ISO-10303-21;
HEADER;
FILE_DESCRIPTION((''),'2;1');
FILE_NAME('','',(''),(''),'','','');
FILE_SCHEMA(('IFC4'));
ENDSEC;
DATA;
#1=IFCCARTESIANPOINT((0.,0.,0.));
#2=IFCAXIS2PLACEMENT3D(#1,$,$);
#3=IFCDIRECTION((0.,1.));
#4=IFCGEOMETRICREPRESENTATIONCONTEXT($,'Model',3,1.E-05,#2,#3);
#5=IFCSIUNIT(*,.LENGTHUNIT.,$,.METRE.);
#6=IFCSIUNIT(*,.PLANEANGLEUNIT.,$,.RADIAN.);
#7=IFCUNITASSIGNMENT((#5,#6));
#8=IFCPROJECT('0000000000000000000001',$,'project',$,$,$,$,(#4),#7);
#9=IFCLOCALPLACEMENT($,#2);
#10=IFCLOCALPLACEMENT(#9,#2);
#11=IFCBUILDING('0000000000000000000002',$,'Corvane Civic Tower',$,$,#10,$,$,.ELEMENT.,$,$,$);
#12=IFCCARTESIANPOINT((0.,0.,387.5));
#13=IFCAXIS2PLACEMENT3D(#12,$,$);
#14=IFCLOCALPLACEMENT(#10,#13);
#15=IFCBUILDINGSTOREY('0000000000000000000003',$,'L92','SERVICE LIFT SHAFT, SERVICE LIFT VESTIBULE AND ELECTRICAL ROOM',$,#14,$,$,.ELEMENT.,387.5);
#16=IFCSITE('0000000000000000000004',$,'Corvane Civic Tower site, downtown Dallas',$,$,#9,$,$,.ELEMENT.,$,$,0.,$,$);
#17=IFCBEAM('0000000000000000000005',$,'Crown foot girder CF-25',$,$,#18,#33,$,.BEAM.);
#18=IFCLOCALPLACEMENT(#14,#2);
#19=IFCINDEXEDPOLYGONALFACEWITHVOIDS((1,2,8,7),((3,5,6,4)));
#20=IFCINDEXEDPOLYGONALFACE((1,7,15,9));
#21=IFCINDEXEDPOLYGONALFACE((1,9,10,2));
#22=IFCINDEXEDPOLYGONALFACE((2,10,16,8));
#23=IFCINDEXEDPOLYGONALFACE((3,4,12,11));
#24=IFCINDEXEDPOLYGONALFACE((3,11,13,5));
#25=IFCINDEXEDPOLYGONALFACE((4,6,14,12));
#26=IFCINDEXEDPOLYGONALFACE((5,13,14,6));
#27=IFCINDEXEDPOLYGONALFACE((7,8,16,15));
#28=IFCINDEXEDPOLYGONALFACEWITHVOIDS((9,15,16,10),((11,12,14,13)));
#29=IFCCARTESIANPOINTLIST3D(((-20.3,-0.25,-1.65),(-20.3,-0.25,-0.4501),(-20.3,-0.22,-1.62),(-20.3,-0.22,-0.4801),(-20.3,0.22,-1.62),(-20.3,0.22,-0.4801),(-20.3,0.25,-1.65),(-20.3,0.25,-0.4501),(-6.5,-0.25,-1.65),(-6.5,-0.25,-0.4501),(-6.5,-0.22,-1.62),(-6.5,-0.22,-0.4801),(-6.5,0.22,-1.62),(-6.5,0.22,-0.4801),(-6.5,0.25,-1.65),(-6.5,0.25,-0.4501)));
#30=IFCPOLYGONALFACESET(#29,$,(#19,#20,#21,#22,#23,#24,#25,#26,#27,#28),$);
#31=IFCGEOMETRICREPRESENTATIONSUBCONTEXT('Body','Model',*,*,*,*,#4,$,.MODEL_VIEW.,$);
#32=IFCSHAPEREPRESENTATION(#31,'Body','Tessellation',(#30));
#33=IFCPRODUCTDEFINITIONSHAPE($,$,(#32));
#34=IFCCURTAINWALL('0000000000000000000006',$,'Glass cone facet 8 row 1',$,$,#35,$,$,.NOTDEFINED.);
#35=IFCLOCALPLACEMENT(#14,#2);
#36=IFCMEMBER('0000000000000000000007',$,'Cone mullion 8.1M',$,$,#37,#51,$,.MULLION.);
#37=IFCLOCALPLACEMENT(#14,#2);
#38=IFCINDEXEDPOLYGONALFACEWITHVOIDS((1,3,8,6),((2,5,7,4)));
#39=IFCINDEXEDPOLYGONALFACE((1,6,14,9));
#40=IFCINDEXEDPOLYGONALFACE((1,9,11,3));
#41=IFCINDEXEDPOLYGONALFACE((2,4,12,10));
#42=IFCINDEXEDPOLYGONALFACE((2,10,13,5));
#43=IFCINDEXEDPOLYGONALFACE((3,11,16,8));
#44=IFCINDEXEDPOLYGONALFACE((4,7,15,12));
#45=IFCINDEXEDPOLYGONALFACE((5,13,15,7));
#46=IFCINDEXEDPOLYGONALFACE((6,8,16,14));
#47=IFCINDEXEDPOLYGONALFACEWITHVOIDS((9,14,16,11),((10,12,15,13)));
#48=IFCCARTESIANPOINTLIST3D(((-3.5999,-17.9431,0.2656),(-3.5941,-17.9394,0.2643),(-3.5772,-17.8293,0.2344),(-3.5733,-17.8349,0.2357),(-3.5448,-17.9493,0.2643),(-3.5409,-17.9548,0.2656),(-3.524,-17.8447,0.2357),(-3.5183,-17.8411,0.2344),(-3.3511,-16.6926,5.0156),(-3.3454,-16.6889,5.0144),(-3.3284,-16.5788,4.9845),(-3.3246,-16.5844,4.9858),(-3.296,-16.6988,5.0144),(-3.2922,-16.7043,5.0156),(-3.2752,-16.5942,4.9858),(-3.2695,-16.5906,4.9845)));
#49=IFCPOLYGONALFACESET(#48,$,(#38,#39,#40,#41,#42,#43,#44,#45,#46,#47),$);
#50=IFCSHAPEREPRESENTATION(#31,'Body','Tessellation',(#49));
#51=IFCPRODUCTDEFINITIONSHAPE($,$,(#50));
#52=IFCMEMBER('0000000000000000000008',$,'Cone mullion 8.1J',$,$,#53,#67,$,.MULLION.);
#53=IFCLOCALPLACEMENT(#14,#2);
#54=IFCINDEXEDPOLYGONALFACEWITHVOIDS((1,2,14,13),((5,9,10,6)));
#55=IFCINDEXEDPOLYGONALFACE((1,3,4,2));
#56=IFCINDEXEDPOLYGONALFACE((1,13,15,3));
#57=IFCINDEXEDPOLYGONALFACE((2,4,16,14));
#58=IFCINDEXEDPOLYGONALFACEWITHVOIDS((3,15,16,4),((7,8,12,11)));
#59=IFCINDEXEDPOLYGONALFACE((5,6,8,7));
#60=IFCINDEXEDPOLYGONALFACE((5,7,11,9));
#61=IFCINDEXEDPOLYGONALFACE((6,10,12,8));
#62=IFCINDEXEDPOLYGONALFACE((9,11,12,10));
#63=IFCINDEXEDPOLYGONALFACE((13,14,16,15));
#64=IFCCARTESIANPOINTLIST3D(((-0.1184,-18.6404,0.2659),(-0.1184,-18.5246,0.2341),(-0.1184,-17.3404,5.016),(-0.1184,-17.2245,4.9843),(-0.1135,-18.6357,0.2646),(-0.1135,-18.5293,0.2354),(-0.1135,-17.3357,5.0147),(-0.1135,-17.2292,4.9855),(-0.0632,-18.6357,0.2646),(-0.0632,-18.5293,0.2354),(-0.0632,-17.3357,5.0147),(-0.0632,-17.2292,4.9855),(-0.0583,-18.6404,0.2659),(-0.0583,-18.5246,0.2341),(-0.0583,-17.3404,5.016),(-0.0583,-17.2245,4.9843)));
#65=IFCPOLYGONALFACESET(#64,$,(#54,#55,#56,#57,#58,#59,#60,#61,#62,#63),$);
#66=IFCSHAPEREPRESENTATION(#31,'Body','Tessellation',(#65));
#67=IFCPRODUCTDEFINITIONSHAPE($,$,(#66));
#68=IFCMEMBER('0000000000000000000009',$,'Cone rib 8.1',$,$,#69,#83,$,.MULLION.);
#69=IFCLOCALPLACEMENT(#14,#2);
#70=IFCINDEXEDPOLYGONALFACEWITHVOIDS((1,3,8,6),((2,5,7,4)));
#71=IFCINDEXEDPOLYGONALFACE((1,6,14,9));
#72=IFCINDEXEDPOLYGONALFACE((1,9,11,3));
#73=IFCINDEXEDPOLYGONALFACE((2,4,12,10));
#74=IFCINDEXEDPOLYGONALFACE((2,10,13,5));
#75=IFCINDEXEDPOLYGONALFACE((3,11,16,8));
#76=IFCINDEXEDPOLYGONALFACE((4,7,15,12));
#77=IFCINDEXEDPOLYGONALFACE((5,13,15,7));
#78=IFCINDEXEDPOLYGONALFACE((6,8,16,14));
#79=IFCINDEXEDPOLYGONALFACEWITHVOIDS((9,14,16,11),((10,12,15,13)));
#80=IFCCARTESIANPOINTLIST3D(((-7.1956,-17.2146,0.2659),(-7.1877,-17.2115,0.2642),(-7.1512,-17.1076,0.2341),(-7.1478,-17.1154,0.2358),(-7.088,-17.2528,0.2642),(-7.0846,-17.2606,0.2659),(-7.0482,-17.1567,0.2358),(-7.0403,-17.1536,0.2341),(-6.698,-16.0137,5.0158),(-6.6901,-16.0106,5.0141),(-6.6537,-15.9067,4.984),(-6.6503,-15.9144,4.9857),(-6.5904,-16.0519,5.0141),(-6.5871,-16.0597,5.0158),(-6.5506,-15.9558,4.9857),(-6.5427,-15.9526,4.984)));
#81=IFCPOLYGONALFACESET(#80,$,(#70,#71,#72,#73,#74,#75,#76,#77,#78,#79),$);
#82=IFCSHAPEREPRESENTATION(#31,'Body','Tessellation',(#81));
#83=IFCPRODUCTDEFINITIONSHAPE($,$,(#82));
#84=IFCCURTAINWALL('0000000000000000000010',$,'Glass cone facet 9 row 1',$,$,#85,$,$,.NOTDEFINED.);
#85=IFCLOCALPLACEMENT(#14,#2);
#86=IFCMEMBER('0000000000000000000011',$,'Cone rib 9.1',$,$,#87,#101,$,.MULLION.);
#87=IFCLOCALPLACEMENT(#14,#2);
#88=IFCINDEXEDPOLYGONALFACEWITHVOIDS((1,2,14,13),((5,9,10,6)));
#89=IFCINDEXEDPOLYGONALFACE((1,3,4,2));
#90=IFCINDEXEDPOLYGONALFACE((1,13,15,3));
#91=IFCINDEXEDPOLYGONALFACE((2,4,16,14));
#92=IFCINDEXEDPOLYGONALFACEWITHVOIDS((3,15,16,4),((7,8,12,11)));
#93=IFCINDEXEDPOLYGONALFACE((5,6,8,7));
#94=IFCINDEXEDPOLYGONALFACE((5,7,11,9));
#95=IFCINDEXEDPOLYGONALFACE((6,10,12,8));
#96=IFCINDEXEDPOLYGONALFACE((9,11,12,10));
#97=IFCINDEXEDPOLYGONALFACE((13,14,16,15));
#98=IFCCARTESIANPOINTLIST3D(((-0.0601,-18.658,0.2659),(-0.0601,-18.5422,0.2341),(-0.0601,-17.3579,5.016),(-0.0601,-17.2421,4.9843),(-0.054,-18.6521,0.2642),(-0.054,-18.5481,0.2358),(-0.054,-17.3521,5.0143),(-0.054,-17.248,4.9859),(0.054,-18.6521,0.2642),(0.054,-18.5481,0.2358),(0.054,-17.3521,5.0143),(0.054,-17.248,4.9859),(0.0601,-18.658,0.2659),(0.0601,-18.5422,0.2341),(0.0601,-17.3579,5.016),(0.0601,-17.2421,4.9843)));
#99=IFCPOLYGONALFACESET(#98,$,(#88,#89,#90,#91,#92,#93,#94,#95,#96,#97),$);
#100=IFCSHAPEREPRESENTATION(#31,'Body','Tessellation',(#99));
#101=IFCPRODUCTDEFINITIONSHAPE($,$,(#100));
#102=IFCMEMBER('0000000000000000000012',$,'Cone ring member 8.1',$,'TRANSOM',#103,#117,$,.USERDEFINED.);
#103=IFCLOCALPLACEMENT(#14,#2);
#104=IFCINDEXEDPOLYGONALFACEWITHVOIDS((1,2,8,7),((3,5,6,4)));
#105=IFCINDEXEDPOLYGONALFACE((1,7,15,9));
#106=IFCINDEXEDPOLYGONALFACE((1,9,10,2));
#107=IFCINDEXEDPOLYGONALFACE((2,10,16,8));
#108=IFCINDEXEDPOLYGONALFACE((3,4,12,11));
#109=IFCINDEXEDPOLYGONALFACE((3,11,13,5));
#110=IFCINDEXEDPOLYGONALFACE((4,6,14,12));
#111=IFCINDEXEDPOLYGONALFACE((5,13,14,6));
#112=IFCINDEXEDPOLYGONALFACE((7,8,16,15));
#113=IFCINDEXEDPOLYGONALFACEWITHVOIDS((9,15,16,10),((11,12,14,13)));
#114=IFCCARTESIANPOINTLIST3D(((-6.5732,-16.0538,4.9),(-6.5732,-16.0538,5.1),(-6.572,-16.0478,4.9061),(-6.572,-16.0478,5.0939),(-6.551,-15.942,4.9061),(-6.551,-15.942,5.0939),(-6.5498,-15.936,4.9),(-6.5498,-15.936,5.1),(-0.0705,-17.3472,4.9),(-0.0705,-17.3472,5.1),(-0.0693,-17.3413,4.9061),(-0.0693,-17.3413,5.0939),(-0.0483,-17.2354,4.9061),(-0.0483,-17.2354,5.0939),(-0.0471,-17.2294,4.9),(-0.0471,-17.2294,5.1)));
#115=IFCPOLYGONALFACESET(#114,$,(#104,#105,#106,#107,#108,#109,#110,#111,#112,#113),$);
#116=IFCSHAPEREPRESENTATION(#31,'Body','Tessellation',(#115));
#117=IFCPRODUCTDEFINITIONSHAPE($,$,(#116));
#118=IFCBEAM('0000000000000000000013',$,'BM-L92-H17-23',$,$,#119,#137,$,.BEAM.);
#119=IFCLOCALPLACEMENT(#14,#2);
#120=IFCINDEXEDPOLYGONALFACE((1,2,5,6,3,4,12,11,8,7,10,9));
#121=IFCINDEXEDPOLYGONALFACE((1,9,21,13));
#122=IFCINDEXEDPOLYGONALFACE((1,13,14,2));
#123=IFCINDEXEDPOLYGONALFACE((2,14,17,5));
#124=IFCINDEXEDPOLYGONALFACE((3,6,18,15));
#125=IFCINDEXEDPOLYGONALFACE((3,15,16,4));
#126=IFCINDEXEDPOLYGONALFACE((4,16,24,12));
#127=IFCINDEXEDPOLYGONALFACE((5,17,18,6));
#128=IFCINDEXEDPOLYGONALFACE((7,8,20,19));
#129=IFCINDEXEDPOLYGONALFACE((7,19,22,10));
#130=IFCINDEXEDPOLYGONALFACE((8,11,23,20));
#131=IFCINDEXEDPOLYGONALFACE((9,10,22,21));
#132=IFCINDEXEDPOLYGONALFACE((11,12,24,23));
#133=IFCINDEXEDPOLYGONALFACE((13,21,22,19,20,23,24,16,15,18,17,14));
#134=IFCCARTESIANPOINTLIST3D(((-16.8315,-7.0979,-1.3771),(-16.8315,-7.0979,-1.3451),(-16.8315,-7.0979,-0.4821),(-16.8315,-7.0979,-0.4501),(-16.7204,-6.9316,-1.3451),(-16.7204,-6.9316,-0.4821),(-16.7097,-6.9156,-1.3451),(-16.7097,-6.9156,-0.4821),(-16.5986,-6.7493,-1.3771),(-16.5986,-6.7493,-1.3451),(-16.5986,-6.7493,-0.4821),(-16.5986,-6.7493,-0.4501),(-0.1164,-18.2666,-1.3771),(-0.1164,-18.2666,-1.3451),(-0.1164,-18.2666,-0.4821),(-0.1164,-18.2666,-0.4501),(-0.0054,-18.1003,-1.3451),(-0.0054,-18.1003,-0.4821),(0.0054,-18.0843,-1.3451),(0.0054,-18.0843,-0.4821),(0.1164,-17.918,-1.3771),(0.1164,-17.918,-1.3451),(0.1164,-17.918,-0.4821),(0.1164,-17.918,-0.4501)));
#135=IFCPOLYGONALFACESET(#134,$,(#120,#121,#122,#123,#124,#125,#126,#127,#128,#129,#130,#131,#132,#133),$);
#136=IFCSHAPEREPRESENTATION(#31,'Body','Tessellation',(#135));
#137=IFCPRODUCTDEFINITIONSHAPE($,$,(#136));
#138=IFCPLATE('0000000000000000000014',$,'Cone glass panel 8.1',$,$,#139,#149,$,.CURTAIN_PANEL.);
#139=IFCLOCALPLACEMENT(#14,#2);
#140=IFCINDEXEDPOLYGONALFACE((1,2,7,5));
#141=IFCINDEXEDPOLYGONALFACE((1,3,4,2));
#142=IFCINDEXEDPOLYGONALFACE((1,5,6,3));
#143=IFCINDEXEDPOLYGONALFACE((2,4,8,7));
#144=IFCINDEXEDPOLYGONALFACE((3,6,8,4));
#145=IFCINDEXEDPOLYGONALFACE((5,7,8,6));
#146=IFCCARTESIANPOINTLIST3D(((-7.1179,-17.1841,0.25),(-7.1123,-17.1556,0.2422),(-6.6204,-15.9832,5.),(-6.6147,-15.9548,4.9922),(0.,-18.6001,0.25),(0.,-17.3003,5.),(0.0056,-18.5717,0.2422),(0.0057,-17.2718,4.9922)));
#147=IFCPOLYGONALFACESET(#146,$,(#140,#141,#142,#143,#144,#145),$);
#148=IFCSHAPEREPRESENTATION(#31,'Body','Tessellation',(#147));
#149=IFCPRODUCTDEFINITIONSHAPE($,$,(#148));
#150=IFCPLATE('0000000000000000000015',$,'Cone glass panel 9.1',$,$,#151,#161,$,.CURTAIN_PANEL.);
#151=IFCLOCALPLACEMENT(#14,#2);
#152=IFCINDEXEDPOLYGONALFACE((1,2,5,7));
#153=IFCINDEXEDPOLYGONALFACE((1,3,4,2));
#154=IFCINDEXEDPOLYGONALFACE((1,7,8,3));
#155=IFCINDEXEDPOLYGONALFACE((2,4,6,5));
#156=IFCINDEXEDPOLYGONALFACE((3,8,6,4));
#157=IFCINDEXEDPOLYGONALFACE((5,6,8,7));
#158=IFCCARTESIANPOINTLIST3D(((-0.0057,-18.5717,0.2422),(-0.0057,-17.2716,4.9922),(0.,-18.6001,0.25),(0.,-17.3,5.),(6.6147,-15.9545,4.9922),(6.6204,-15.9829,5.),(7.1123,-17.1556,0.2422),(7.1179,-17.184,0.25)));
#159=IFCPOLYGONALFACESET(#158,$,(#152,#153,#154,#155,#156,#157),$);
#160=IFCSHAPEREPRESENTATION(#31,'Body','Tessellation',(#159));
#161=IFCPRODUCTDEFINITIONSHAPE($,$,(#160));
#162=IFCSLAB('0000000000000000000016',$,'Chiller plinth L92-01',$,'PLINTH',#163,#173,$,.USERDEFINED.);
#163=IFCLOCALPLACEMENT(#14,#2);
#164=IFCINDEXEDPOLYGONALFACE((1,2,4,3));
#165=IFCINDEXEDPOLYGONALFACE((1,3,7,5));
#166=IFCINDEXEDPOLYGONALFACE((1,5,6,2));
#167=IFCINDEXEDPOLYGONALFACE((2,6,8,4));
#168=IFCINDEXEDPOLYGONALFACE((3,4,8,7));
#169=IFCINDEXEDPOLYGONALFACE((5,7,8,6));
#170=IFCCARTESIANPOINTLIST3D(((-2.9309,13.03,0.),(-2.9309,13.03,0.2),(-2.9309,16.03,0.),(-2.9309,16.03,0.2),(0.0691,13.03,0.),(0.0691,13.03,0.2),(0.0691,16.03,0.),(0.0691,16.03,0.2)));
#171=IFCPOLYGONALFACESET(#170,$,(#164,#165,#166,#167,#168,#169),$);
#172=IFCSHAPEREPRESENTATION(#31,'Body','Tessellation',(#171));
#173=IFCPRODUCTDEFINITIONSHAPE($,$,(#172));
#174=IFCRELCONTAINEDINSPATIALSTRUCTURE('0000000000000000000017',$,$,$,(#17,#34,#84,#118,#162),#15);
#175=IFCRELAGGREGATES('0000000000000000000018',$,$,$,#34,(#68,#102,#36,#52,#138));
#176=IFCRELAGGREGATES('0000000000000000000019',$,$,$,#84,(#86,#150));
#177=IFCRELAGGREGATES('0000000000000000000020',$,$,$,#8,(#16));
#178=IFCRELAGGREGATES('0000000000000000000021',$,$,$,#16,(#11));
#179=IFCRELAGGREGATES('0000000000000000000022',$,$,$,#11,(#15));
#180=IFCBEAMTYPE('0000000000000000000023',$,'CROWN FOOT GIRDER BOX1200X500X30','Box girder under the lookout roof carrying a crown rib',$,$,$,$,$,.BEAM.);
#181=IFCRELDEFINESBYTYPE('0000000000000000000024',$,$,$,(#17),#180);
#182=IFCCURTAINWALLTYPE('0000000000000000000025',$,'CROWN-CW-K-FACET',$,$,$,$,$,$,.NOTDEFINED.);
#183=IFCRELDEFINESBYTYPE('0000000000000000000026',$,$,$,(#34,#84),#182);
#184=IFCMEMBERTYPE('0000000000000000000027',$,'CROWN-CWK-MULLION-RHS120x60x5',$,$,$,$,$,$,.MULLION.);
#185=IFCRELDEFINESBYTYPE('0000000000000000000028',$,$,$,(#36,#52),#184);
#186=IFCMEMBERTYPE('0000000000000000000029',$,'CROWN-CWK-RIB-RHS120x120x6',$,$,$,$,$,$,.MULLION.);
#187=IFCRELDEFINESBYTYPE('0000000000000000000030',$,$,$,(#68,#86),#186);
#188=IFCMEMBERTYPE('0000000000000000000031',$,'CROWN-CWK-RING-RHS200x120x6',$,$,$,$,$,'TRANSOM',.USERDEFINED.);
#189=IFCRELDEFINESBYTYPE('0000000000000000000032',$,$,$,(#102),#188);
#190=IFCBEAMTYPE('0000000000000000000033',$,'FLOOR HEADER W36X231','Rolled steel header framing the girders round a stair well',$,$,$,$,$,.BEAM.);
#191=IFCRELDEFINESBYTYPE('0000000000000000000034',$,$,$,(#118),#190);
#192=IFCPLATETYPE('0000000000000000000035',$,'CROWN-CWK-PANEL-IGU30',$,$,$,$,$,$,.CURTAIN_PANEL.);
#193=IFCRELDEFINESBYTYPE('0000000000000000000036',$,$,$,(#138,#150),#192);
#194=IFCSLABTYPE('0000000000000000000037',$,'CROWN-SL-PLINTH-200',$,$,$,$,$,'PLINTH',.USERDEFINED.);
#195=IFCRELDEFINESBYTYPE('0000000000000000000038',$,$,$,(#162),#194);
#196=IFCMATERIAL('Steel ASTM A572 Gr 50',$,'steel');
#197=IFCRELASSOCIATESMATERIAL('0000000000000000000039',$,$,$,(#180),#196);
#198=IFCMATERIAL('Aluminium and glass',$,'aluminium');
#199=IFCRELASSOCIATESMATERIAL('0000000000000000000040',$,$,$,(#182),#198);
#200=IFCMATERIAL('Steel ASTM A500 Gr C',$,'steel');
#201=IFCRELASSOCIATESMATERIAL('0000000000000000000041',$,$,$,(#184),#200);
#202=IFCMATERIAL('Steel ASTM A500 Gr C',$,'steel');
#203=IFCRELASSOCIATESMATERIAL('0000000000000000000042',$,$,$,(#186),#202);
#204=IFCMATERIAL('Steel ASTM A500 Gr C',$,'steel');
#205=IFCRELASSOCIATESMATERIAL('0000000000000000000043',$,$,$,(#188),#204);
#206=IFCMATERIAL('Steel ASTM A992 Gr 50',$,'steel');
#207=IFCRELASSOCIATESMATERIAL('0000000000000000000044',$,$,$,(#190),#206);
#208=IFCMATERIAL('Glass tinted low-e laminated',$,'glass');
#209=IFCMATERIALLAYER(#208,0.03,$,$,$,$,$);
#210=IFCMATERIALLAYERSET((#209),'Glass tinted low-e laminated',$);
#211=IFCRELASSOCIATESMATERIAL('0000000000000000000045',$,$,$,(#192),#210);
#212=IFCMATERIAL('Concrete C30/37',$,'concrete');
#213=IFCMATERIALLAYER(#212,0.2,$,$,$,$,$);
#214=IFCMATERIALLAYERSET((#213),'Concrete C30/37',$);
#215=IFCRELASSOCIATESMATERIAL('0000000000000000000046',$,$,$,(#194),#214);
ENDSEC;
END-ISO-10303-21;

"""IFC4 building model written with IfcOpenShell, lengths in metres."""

from ifc_helpers import new_model, si_unit, direction, frame, origin, origin_2d, place, context, subcontext, project, spatial, polyline, hollow_rectangle, i_section, outline, extrude, material, layer, layer_set, material_profile, profile_set, type_object, element, aggregate, save


model = new_model("IFC4")

# Units and contexts
model_context = context("Model", 3, precision=1e-05, world=origin(), true_north=direction((0.0, 1.0)))
body_context = subcontext(model_context, "Body", "Model", "MODEL_VIEW")
ifc_project = project(units=[si_unit("LENGTHUNIT", "METRE"), si_unit("PLANEANGLEUNIT", "RADIAN")], contexts=[model_context])

# Site, building, storey
site_placement = place(None, origin())
site = spatial("IfcSite", under=ifc_project, at=site_placement, Name="Corvane Civic Tower site, downtown Dallas", CompositionType="ELEMENT", RefElevation=0.0)
building_placement = place(site_placement, origin())
building = spatial("IfcBuilding", under=site, at=building_placement, Name="Corvane Civic Tower", CompositionType="ELEMENT")
storey_placement = place(building_placement, frame((0.0, 0.0, 387.5)))
storey = spatial("IfcBuildingStorey", under=building, at=storey_placement, Name="L92", Description="SERVICE LIFT SHAFT, SERVICE LIFT VESTIBULE AND ELECTRICAL ROOM", CompositionType="ELEMENT", Elevation=387.5)

# Beam
ifc_material_1 = material(Name="Steel ASTM A572 Gr 50", Category="steel")
ifc_material_profile_1 = material_profile(ifc_material_1, hollow_rectangle(XDim=0.5, YDim=1.2, WallThickness=0.03, at=origin_2d()), Name="BOX1200X500X30")
ifc_profile_set_1 = profile_set([ifc_material_profile_1], Name="Steel ASTM A572 Gr 50")
beam_type_1 = type_object("IfcBeamType", Name="CROWN FOOT GIRDER BOX1200X500X30", Description="Box girder under the lookout roof carrying a crown rib", PredefinedType="BEAM", material=ifc_profile_set_1)
beam_1_placement = place(storey_placement, frame((-6.5, 0.0, -1.05), z_axis=(-1.0, 0.0, 0.0), x_axis=(0.0, -1.0, 0.0)))
element("IfcBeam", 1, at=beam_1_placement, inside=storey, type_object=beam_type_1, Name="Crown foot girder CF-25", PredefinedType="BEAM", context=body_context, shape_type="SweptSolid", body=[
    extrude(hollow_rectangle(XDim=0.5, YDim=1.2, WallThickness=0.03, at=origin_2d()), origin(), (0.0, 0.0, 1.0), 13.8),
])

# Curtain wall, members
ifc_material_2 = material(Name="Aluminium and glass", Category="aluminium")
curtain_wall_type = type_object("IfcCurtainWallType", Name="CROWN-CW-K-FACET", PredefinedType="NOTDEFINED", material=ifc_material_2)
curtain_wall_1_placement = place(storey_placement, origin())
curtain_wall_1 = element("IfcCurtainWall", 2, at=curtain_wall_1_placement, inside=storey, type_object=curtain_wall_type, Name="Glass cone facet 8 row 1", PredefinedType="NOTDEFINED")
ifc_material_3 = material(Name="Steel ASTM A500 Gr C", Category="steel")
ifc_material_profile_2 = material_profile(ifc_material_3, hollow_rectangle(XDim=0.0601, YDim=0.1201, WallThickness=0.0049, at=origin_2d()), Name="RHS 120x60x5")
ifc_profile_set_2 = profile_set([ifc_material_profile_2], Name="Steel ASTM A500 Gr C")
member_type_1 = type_object("IfcMemberType", Name="CROWN-CWK-MULLION-RHS120x60x5", PredefinedType="MULLION", material=ifc_profile_set_2)
member_1_placement = place(storey_placement, frame((-3.5591, -17.8921, 0.25), z_axis=(0.050584, 0.25426, 0.965812), x_axis=(-0.980779, 0.195122, 0.0)))
member_1 = element("IfcMember", 3, at=member_1_placement, type_object=member_type_1, Name="Cone mullion 8.1M", PredefinedType="MULLION", context=body_context, shape_type="SweptSolid", body=[
    extrude(hollow_rectangle(XDim=0.0601, YDim=0.1201, WallThickness=0.0049, at=origin_2d()), origin(), (0.0, 0.0, 1.0), 4.9182),
])
member_2_placement = place(storey_placement, frame((-0.0884, -18.5825, 0.25), z_axis=(0.0, 0.263986, 0.964527), x_axis=(-1.0, 0.0, 0.0)))
member_2 = element("IfcMember", 4, at=member_2_placement, type_object=member_type_1, Name="Cone mullion 8.1J", PredefinedType="MULLION", context=body_context, shape_type="SweptSolid", body=[
    extrude(hollow_rectangle(XDim=0.0601, YDim=0.1201, WallThickness=0.0049, at=origin_2d()), origin(), (0.0, 0.0, 1.0), 4.9248),
])
ifc_material_4 = material(Name="Steel ASTM A500 Gr C", Category="steel")
ifc_material_profile_3 = material_profile(ifc_material_4, hollow_rectangle(XDim=0.1201, YDim=0.1201, WallThickness=0.0061, at=origin_2d()), Name="RHS 120x120x6")
ifc_profile_set_3 = profile_set([ifc_material_profile_3], Name="Steel ASTM A500 Gr C")
member_type_2 = type_object("IfcMemberType", Name="CROWN-CWK-RIB-RHS120x120x6", PredefinedType="MULLION", material=ifc_profile_set_3)
member_3_placement = place(storey_placement, frame((-7.1179, -17.1841, 0.25), z_axis=(0.101034, 0.24386, 0.964533), x_axis=(-0.923847, 0.382761, 0.0)))
member_3 = element("IfcMember", 5, at=member_3_placement, type_object=member_type_2, Name="Cone rib 8.1", PredefinedType="MULLION", context=body_context, shape_type="SweptSolid", body=[
    extrude(hollow_rectangle(XDim=0.1201, YDim=0.1201, WallThickness=0.0061, at=origin_2d()), origin(), (0.0, 0.0, 1.0), 4.9246),
])

# Curtain wall, member
curtain_wall_2_placement = place(storey_placement, origin())
curtain_wall_2 = element("IfcCurtainWall", 6, at=curtain_wall_2_placement, inside=storey, type_object=curtain_wall_type, Name="Glass cone facet 9 row 1", PredefinedType="NOTDEFINED")
member_4_placement = place(storey_placement, frame((0.0, -18.6001, 0.25), z_axis=(0.0, 0.263986, 0.964527), x_axis=(-1.0, 0.0, 0.0)))
member_4 = element("IfcMember", 7, at=member_4_placement, type_object=member_type_2, Name="Cone rib 9.1", PredefinedType="MULLION", context=body_context, shape_type="SweptSolid", body=[
    extrude(hollow_rectangle(XDim=0.1201, YDim=0.1201, WallThickness=0.0061, at=origin_2d()), origin(), (0.0, 0.0, 1.0), 4.9248),
])

# Member
ifc_material_5 = material(Name="Steel ASTM A500 Gr C", Category="steel")
ifc_material_profile_4 = material_profile(ifc_material_5, hollow_rectangle(XDim=0.1201, YDim=0.2, WallThickness=0.0061, at=origin_2d()), Name="RHS 200x120x6")
ifc_profile_set_4 = profile_set([ifc_material_profile_4], Name="Steel ASTM A500 Gr C")
member_type_3 = type_object("IfcMemberType", Name="CROWN-CWK-RING-RHS200x120x6", ElementType="TRANSOM", PredefinedType="USERDEFINED", material=ifc_profile_set_4)
member_5_placement = place(storey_placement, frame((-6.5615, -15.9949, 5.0), z_axis=(0.980785, -0.195089, 0.0), x_axis=(0.195089, 0.980785, 0.0)))
member_5 = element("IfcMember", 8, at=member_5_placement, type_object=member_type_3, Name="Cone ring member 8.1", ObjectType="TRANSOM", PredefinedType="USERDEFINED", context=body_context, shape_type="SweptSolid", body=[
    extrude(hollow_rectangle(XDim=0.1201, YDim=0.2, WallThickness=0.0061, at=origin_2d()), origin(), (0.0, 0.0, 1.0), 6.6301),
])

# Beam
ifc_material_6 = material(Name="Steel ASTM A992 Gr 50", Category="steel")
ifc_material_profile_5 = material_profile(ifc_material_6, i_section(OverallWidth=0.4192, OverallDepth=0.927, WebThickness=0.0193, FlangeThickness=0.032, at=origin_2d()), Name="W36X231")
ifc_profile_set_5 = profile_set([ifc_material_profile_5], Name="Steel ASTM A992 Gr 50")
beam_type_2 = type_object("IfcBeamType", Name="FLOOR HEADER W36X231", Description="Rolled steel header framing the girders round a stair well", PredefinedType="BEAM", material=ifc_profile_set_5)
beam_2_placement = place(storey_placement, frame((0.0, -18.0923, -0.9136), z_axis=(-0.831469, 0.555571, 0.0), x_axis=(-0.555571, -0.831469, 0.0)))
element("IfcBeam", 9, at=beam_2_placement, inside=storey, type_object=beam_type_2, Name="BM-L92-H17-23", PredefinedType="BEAM", context=body_context, shape_type="SweptSolid", body=[
    extrude(i_section(OverallWidth=0.4192, OverallDepth=0.927, WebThickness=0.0193, FlangeThickness=0.032, at=origin_2d()), origin(), (0.0, 0.0, 1.0), 20.103),
])

# Plates
ifc_material_7 = material(Name="Glass tinted low-e laminated", Category="glass")
ifc_layer_1 = layer(ifc_material_7, 0.03)
ifc_layer_set_1 = layer_set([ifc_layer_1], Name="Glass tinted low-e laminated")
plate_type = type_object("IfcPlateType", Name="CROWN-CWK-PANEL-IGU30", PredefinedType="CURTAIN_PANEL", material=ifc_layer_set_1)
plate_1_placement = place(storey_placement, frame((-7.1179, -17.1841, 0.25), z_axis=(-0.188451, -0.947254, 0.259221), x_axis=(0.980779, -0.19512, 0.000002)))
plate_1 = element("IfcPlate", 10, at=plate_1_placement, type_object=plate_type, Name="Cone glass panel 8.1", PredefinedType="CURTAIN_PANEL", context=body_context, shape_type="SweptSolid", body=[
    extrude(outline(polyline([(0.0, 0.0), (7.2574, 0.0), (7.0038, 4.9181), (0.2537, 4.9181), (0.0, 0.0)])), origin(), (0.0, 0.0, -1.0), 0.03),
])
aggregate(curtain_wall_1, [member_3, member_5, member_1, member_2, plate_1])
plate_2_placement = place(storey_placement, frame((0.0, -18.6001, 0.25), z_axis=(0.188449, -0.947242, 0.259266), x_axis=(0.980779, 0.19512, -0.000002)))
plate_2 = element("IfcPlate", 11, at=plate_2_placement, type_object=plate_type, Name="Cone glass panel 9.1", PredefinedType="CURTAIN_PANEL", context=body_context, shape_type="SweptSolid", body=[
    extrude(outline(polyline([(0.0, 0.0), (7.2574, 0.0), (7.0038, 4.9182), (0.2537, 4.9182), (0.0, 0.0)])), origin(), (0.0, 0.0, -1.0), 0.03),
])
aggregate(curtain_wall_2, [member_4, plate_2])

# Slab
ifc_material_8 = material(Name="Concrete C30/37", Category="concrete")
ifc_layer_2 = layer(ifc_material_8, 0.2)
ifc_layer_set_2 = layer_set([ifc_layer_2], Name="Concrete C30/37")
slab_type_1 = type_object("IfcSlabType", Name="CROWN-SL-PLINTH-200", ElementType="PLINTH", PredefinedType="USERDEFINED", material=ifc_layer_set_2)
slab_1_placement = place(storey_placement, origin())
element("IfcSlab", 12, at=slab_1_placement, inside=storey, type_object=slab_type_1, Name="Chiller plinth L92-01", ObjectType="PLINTH", PredefinedType="USERDEFINED", context=body_context, shape_type="SweptSolid", body=[
    extrude(outline(polyline([(0.0691, 13.03), (0.0691, 16.03), (-2.9309, 16.03), (-2.9309, 13.03), (0.0691, 13.03)])), origin(), (0.0, 0.0, 1.0), 0.2),
])

save(model, "model.ifc")
